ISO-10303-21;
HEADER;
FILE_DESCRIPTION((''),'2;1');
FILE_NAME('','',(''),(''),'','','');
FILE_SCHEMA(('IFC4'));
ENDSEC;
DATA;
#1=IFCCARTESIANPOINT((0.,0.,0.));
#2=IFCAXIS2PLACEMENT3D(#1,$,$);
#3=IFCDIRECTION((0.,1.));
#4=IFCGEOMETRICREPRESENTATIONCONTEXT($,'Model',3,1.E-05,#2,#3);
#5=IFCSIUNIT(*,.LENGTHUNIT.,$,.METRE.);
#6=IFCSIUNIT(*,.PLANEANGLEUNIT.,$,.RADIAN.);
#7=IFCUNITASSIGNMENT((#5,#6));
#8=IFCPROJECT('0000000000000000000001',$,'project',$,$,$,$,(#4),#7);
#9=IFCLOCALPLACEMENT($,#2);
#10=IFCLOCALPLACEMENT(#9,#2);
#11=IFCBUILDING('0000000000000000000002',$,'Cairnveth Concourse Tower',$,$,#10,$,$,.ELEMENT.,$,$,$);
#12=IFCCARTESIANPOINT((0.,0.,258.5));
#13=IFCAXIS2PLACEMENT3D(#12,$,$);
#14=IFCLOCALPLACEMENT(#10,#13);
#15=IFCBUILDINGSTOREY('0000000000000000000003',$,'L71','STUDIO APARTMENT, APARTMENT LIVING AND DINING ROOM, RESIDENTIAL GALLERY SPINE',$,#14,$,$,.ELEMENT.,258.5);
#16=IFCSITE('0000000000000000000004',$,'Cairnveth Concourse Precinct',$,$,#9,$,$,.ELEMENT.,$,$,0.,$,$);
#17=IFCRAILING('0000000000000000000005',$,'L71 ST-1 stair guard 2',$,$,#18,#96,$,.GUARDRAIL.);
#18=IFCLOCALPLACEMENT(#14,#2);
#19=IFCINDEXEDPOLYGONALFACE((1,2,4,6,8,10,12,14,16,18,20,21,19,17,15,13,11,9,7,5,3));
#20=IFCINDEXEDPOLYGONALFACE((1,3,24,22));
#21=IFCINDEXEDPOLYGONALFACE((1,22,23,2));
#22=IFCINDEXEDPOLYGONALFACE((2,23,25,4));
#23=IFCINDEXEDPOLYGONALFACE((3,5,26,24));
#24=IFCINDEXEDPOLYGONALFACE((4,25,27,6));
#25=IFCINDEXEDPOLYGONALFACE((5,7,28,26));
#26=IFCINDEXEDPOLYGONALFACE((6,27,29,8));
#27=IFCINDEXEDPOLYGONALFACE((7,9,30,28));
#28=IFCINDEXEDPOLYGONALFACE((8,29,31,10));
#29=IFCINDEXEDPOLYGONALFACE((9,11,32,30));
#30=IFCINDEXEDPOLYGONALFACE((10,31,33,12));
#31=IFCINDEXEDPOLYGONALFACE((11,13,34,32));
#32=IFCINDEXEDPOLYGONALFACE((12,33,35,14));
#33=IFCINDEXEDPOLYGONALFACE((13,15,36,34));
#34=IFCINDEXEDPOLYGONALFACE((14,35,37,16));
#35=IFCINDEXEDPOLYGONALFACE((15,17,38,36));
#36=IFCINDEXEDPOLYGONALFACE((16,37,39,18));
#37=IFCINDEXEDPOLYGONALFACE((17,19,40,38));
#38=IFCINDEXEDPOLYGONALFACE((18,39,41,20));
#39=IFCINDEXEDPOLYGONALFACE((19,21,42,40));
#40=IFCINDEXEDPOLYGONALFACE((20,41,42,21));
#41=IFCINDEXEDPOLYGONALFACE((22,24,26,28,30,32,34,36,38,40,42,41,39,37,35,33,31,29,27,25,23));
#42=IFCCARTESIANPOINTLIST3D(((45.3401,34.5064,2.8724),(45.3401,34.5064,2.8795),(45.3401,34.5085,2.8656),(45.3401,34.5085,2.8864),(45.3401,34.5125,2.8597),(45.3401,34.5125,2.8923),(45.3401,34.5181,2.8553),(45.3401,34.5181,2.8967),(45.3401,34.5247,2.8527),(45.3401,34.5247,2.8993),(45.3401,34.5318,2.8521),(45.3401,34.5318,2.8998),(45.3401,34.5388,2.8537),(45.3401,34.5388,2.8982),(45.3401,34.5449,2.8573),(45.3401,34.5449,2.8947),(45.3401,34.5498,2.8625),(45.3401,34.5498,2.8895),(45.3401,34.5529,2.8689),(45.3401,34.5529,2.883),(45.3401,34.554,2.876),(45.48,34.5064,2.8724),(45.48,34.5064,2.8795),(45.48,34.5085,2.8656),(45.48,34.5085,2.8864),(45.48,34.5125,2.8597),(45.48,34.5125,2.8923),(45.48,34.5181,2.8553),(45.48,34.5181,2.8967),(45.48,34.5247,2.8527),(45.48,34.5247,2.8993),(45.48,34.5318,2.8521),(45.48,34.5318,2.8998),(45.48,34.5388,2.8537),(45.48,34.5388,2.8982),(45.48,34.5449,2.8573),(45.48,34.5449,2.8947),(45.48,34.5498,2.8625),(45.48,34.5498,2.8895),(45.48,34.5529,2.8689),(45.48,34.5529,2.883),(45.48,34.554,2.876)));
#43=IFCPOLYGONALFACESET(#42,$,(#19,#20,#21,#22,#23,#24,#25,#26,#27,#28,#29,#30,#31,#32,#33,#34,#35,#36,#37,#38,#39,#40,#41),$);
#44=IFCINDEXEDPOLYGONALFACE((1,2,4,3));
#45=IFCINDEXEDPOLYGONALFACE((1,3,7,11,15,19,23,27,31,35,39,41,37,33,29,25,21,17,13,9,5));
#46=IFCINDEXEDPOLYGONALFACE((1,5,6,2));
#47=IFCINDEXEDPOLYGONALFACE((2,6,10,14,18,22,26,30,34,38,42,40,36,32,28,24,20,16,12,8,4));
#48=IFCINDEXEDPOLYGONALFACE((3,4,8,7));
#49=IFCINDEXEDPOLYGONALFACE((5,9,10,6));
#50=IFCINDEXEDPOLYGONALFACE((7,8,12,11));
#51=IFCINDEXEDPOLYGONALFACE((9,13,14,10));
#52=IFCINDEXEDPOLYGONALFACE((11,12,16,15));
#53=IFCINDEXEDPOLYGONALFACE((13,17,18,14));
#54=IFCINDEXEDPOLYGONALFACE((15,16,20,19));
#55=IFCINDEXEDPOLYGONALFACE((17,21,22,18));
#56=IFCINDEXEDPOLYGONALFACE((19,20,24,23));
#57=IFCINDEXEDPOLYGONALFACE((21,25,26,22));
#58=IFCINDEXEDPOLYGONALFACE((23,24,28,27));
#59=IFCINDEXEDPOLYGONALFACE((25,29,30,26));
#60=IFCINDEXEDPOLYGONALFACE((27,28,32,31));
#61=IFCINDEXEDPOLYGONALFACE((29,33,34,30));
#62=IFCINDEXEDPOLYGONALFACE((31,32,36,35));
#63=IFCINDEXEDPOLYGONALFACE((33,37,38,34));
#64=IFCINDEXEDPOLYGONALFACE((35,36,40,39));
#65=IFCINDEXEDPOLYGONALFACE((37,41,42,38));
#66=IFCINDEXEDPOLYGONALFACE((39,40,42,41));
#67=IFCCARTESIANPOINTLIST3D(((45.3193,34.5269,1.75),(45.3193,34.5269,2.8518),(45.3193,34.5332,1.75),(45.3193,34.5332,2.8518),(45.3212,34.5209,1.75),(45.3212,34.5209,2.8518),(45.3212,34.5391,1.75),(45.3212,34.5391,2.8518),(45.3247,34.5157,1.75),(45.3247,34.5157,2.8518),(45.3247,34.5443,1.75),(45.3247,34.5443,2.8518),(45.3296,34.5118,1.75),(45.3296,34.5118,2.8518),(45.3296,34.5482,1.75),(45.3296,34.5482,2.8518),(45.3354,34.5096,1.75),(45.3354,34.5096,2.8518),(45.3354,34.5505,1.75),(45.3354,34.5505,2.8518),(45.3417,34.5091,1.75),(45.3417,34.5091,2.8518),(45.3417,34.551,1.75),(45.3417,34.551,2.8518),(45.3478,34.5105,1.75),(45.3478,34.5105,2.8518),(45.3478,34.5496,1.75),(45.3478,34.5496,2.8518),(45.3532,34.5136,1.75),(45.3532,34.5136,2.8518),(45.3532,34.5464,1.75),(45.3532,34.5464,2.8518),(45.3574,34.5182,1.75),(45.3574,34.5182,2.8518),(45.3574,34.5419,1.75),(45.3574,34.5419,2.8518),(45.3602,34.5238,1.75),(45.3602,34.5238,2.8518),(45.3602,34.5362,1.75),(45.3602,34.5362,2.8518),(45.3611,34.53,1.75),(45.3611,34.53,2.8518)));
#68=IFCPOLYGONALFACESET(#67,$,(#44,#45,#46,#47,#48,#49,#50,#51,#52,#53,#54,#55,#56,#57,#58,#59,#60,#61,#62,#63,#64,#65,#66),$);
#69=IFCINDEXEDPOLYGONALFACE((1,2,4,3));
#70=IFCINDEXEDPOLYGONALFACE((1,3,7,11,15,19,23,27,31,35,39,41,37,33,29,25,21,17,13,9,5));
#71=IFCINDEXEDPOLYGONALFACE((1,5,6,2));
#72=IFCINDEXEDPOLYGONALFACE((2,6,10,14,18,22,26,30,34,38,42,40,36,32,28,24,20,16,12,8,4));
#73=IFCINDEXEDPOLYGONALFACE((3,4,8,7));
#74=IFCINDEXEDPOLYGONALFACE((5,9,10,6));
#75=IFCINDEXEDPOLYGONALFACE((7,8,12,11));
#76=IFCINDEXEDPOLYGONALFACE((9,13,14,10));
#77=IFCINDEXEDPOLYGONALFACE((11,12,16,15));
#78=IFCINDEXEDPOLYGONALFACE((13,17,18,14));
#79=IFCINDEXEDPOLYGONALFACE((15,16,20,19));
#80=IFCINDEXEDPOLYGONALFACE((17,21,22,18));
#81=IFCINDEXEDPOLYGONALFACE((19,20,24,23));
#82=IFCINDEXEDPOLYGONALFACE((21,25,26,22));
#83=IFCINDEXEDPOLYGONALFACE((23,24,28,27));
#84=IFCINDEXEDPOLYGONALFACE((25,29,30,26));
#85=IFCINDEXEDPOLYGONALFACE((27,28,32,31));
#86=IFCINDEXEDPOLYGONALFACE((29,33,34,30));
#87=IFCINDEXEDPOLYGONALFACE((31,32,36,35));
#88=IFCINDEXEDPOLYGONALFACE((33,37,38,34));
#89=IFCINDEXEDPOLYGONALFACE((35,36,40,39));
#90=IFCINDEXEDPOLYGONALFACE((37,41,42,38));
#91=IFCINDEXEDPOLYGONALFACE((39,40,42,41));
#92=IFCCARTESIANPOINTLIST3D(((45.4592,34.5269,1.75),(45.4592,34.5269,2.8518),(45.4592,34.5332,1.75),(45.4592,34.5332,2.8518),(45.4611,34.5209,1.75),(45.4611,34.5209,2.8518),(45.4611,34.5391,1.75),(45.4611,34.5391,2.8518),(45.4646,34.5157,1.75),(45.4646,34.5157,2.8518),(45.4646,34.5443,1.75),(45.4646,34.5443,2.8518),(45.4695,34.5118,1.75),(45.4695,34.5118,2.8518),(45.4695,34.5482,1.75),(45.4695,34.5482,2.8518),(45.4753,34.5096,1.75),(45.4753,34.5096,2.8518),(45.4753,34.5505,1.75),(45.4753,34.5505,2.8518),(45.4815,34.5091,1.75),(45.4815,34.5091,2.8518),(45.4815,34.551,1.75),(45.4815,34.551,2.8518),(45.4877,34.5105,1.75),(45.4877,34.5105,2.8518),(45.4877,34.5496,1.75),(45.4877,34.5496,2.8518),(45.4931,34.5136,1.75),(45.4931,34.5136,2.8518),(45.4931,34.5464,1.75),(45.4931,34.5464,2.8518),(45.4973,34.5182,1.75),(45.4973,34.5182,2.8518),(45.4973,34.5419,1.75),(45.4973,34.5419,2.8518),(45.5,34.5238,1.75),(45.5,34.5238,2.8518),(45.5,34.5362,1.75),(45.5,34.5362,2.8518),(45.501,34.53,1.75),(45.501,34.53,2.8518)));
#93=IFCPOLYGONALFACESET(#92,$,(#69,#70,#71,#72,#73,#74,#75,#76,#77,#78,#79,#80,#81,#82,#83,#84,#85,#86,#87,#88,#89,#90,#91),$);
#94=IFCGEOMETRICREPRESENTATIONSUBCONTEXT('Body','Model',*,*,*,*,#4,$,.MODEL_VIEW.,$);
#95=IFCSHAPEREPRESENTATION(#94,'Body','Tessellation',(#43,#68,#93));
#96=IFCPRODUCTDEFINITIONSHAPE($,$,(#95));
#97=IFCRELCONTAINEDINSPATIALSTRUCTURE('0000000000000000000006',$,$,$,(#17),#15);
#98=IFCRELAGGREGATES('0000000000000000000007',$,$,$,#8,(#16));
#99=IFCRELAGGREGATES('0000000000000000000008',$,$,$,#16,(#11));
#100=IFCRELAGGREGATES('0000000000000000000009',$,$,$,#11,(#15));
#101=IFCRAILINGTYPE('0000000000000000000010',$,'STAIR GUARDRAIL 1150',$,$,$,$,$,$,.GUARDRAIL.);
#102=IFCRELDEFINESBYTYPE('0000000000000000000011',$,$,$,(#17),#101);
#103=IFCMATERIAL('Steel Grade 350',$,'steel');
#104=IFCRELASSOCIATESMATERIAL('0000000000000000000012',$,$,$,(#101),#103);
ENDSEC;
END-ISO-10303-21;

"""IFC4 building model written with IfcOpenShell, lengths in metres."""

from ifc_helpers import new_model, si_unit, direction, frame, origin, origin_2d, place, context, subcontext, project, spatial, circle, extrude, material, type_object, element, save


model = new_model("IFC4")

# Units and contexts
model_context = context("Model", 3, precision=1e-05, world=origin(), true_north=direction((0.0, 1.0)))
body_context = subcontext(model_context, "Body", "Model", "MODEL_VIEW")
ifc_project = project(units=[si_unit("LENGTHUNIT", "METRE"), si_unit("PLANEANGLEUNIT", "RADIAN")], contexts=[model_context])

# Site, building, storey
site_placement = place(None, origin())
site = spatial("IfcSite", under=ifc_project, at=site_placement, Name="Cairnveth Concourse Precinct", CompositionType="ELEMENT", RefElevation=0.0)
building_placement = place(site_placement, origin())
building = spatial("IfcBuilding", under=site, at=building_placement, Name="Cairnveth Concourse Tower", CompositionType="ELEMENT")
storey_placement = place(building_placement, frame((0.0, 0.0, 258.5)))
storey = spatial("IfcBuildingStorey", under=building, at=storey_placement, Name="L71", Description="STUDIO APARTMENT, APARTMENT LIVING AND DINING ROOM, RESIDENTIAL GALLERY SPINE", CompositionType="ELEMENT", Elevation=258.5)

# Railing
ifc_material_1 = material(Name="Steel Grade 350", Category="steel")
railing_type = type_object("IfcRailingType", Name="STAIR GUARDRAIL 1150", PredefinedType="GUARDRAIL", material=ifc_material_1)
railing_1_placement = place(storey_placement, frame((45.3401, 34.53, 1.75)))
element("IfcRailing", 1, at=railing_1_placement, inside=storey, type_object=railing_type, Name="L71 ST-1 stair guard 2", PredefinedType="GUARDRAIL", context=body_context, shape_type="SweptSolid", body=[
    extrude(circle(Radius=0.0239, at=origin_2d()), frame((0.0, 0.0, 1.126), z_axis=(1.0, 0.0, 0.0), x_axis=(0.0, 1.0, 0.0)), (0.0, 0.0, 1.0), 0.1399),
    extrude(circle(Radius=0.021, at=origin_2d()), origin(), (0.0, 0.0, 1.0), 1.1018),
    extrude(circle(Radius=0.021, at=origin_2d()), frame((0.1399, 0.0, 0.0)), (0.0, 0.0, 1.0), 1.1018),
])

save(model, "model.ifc")
